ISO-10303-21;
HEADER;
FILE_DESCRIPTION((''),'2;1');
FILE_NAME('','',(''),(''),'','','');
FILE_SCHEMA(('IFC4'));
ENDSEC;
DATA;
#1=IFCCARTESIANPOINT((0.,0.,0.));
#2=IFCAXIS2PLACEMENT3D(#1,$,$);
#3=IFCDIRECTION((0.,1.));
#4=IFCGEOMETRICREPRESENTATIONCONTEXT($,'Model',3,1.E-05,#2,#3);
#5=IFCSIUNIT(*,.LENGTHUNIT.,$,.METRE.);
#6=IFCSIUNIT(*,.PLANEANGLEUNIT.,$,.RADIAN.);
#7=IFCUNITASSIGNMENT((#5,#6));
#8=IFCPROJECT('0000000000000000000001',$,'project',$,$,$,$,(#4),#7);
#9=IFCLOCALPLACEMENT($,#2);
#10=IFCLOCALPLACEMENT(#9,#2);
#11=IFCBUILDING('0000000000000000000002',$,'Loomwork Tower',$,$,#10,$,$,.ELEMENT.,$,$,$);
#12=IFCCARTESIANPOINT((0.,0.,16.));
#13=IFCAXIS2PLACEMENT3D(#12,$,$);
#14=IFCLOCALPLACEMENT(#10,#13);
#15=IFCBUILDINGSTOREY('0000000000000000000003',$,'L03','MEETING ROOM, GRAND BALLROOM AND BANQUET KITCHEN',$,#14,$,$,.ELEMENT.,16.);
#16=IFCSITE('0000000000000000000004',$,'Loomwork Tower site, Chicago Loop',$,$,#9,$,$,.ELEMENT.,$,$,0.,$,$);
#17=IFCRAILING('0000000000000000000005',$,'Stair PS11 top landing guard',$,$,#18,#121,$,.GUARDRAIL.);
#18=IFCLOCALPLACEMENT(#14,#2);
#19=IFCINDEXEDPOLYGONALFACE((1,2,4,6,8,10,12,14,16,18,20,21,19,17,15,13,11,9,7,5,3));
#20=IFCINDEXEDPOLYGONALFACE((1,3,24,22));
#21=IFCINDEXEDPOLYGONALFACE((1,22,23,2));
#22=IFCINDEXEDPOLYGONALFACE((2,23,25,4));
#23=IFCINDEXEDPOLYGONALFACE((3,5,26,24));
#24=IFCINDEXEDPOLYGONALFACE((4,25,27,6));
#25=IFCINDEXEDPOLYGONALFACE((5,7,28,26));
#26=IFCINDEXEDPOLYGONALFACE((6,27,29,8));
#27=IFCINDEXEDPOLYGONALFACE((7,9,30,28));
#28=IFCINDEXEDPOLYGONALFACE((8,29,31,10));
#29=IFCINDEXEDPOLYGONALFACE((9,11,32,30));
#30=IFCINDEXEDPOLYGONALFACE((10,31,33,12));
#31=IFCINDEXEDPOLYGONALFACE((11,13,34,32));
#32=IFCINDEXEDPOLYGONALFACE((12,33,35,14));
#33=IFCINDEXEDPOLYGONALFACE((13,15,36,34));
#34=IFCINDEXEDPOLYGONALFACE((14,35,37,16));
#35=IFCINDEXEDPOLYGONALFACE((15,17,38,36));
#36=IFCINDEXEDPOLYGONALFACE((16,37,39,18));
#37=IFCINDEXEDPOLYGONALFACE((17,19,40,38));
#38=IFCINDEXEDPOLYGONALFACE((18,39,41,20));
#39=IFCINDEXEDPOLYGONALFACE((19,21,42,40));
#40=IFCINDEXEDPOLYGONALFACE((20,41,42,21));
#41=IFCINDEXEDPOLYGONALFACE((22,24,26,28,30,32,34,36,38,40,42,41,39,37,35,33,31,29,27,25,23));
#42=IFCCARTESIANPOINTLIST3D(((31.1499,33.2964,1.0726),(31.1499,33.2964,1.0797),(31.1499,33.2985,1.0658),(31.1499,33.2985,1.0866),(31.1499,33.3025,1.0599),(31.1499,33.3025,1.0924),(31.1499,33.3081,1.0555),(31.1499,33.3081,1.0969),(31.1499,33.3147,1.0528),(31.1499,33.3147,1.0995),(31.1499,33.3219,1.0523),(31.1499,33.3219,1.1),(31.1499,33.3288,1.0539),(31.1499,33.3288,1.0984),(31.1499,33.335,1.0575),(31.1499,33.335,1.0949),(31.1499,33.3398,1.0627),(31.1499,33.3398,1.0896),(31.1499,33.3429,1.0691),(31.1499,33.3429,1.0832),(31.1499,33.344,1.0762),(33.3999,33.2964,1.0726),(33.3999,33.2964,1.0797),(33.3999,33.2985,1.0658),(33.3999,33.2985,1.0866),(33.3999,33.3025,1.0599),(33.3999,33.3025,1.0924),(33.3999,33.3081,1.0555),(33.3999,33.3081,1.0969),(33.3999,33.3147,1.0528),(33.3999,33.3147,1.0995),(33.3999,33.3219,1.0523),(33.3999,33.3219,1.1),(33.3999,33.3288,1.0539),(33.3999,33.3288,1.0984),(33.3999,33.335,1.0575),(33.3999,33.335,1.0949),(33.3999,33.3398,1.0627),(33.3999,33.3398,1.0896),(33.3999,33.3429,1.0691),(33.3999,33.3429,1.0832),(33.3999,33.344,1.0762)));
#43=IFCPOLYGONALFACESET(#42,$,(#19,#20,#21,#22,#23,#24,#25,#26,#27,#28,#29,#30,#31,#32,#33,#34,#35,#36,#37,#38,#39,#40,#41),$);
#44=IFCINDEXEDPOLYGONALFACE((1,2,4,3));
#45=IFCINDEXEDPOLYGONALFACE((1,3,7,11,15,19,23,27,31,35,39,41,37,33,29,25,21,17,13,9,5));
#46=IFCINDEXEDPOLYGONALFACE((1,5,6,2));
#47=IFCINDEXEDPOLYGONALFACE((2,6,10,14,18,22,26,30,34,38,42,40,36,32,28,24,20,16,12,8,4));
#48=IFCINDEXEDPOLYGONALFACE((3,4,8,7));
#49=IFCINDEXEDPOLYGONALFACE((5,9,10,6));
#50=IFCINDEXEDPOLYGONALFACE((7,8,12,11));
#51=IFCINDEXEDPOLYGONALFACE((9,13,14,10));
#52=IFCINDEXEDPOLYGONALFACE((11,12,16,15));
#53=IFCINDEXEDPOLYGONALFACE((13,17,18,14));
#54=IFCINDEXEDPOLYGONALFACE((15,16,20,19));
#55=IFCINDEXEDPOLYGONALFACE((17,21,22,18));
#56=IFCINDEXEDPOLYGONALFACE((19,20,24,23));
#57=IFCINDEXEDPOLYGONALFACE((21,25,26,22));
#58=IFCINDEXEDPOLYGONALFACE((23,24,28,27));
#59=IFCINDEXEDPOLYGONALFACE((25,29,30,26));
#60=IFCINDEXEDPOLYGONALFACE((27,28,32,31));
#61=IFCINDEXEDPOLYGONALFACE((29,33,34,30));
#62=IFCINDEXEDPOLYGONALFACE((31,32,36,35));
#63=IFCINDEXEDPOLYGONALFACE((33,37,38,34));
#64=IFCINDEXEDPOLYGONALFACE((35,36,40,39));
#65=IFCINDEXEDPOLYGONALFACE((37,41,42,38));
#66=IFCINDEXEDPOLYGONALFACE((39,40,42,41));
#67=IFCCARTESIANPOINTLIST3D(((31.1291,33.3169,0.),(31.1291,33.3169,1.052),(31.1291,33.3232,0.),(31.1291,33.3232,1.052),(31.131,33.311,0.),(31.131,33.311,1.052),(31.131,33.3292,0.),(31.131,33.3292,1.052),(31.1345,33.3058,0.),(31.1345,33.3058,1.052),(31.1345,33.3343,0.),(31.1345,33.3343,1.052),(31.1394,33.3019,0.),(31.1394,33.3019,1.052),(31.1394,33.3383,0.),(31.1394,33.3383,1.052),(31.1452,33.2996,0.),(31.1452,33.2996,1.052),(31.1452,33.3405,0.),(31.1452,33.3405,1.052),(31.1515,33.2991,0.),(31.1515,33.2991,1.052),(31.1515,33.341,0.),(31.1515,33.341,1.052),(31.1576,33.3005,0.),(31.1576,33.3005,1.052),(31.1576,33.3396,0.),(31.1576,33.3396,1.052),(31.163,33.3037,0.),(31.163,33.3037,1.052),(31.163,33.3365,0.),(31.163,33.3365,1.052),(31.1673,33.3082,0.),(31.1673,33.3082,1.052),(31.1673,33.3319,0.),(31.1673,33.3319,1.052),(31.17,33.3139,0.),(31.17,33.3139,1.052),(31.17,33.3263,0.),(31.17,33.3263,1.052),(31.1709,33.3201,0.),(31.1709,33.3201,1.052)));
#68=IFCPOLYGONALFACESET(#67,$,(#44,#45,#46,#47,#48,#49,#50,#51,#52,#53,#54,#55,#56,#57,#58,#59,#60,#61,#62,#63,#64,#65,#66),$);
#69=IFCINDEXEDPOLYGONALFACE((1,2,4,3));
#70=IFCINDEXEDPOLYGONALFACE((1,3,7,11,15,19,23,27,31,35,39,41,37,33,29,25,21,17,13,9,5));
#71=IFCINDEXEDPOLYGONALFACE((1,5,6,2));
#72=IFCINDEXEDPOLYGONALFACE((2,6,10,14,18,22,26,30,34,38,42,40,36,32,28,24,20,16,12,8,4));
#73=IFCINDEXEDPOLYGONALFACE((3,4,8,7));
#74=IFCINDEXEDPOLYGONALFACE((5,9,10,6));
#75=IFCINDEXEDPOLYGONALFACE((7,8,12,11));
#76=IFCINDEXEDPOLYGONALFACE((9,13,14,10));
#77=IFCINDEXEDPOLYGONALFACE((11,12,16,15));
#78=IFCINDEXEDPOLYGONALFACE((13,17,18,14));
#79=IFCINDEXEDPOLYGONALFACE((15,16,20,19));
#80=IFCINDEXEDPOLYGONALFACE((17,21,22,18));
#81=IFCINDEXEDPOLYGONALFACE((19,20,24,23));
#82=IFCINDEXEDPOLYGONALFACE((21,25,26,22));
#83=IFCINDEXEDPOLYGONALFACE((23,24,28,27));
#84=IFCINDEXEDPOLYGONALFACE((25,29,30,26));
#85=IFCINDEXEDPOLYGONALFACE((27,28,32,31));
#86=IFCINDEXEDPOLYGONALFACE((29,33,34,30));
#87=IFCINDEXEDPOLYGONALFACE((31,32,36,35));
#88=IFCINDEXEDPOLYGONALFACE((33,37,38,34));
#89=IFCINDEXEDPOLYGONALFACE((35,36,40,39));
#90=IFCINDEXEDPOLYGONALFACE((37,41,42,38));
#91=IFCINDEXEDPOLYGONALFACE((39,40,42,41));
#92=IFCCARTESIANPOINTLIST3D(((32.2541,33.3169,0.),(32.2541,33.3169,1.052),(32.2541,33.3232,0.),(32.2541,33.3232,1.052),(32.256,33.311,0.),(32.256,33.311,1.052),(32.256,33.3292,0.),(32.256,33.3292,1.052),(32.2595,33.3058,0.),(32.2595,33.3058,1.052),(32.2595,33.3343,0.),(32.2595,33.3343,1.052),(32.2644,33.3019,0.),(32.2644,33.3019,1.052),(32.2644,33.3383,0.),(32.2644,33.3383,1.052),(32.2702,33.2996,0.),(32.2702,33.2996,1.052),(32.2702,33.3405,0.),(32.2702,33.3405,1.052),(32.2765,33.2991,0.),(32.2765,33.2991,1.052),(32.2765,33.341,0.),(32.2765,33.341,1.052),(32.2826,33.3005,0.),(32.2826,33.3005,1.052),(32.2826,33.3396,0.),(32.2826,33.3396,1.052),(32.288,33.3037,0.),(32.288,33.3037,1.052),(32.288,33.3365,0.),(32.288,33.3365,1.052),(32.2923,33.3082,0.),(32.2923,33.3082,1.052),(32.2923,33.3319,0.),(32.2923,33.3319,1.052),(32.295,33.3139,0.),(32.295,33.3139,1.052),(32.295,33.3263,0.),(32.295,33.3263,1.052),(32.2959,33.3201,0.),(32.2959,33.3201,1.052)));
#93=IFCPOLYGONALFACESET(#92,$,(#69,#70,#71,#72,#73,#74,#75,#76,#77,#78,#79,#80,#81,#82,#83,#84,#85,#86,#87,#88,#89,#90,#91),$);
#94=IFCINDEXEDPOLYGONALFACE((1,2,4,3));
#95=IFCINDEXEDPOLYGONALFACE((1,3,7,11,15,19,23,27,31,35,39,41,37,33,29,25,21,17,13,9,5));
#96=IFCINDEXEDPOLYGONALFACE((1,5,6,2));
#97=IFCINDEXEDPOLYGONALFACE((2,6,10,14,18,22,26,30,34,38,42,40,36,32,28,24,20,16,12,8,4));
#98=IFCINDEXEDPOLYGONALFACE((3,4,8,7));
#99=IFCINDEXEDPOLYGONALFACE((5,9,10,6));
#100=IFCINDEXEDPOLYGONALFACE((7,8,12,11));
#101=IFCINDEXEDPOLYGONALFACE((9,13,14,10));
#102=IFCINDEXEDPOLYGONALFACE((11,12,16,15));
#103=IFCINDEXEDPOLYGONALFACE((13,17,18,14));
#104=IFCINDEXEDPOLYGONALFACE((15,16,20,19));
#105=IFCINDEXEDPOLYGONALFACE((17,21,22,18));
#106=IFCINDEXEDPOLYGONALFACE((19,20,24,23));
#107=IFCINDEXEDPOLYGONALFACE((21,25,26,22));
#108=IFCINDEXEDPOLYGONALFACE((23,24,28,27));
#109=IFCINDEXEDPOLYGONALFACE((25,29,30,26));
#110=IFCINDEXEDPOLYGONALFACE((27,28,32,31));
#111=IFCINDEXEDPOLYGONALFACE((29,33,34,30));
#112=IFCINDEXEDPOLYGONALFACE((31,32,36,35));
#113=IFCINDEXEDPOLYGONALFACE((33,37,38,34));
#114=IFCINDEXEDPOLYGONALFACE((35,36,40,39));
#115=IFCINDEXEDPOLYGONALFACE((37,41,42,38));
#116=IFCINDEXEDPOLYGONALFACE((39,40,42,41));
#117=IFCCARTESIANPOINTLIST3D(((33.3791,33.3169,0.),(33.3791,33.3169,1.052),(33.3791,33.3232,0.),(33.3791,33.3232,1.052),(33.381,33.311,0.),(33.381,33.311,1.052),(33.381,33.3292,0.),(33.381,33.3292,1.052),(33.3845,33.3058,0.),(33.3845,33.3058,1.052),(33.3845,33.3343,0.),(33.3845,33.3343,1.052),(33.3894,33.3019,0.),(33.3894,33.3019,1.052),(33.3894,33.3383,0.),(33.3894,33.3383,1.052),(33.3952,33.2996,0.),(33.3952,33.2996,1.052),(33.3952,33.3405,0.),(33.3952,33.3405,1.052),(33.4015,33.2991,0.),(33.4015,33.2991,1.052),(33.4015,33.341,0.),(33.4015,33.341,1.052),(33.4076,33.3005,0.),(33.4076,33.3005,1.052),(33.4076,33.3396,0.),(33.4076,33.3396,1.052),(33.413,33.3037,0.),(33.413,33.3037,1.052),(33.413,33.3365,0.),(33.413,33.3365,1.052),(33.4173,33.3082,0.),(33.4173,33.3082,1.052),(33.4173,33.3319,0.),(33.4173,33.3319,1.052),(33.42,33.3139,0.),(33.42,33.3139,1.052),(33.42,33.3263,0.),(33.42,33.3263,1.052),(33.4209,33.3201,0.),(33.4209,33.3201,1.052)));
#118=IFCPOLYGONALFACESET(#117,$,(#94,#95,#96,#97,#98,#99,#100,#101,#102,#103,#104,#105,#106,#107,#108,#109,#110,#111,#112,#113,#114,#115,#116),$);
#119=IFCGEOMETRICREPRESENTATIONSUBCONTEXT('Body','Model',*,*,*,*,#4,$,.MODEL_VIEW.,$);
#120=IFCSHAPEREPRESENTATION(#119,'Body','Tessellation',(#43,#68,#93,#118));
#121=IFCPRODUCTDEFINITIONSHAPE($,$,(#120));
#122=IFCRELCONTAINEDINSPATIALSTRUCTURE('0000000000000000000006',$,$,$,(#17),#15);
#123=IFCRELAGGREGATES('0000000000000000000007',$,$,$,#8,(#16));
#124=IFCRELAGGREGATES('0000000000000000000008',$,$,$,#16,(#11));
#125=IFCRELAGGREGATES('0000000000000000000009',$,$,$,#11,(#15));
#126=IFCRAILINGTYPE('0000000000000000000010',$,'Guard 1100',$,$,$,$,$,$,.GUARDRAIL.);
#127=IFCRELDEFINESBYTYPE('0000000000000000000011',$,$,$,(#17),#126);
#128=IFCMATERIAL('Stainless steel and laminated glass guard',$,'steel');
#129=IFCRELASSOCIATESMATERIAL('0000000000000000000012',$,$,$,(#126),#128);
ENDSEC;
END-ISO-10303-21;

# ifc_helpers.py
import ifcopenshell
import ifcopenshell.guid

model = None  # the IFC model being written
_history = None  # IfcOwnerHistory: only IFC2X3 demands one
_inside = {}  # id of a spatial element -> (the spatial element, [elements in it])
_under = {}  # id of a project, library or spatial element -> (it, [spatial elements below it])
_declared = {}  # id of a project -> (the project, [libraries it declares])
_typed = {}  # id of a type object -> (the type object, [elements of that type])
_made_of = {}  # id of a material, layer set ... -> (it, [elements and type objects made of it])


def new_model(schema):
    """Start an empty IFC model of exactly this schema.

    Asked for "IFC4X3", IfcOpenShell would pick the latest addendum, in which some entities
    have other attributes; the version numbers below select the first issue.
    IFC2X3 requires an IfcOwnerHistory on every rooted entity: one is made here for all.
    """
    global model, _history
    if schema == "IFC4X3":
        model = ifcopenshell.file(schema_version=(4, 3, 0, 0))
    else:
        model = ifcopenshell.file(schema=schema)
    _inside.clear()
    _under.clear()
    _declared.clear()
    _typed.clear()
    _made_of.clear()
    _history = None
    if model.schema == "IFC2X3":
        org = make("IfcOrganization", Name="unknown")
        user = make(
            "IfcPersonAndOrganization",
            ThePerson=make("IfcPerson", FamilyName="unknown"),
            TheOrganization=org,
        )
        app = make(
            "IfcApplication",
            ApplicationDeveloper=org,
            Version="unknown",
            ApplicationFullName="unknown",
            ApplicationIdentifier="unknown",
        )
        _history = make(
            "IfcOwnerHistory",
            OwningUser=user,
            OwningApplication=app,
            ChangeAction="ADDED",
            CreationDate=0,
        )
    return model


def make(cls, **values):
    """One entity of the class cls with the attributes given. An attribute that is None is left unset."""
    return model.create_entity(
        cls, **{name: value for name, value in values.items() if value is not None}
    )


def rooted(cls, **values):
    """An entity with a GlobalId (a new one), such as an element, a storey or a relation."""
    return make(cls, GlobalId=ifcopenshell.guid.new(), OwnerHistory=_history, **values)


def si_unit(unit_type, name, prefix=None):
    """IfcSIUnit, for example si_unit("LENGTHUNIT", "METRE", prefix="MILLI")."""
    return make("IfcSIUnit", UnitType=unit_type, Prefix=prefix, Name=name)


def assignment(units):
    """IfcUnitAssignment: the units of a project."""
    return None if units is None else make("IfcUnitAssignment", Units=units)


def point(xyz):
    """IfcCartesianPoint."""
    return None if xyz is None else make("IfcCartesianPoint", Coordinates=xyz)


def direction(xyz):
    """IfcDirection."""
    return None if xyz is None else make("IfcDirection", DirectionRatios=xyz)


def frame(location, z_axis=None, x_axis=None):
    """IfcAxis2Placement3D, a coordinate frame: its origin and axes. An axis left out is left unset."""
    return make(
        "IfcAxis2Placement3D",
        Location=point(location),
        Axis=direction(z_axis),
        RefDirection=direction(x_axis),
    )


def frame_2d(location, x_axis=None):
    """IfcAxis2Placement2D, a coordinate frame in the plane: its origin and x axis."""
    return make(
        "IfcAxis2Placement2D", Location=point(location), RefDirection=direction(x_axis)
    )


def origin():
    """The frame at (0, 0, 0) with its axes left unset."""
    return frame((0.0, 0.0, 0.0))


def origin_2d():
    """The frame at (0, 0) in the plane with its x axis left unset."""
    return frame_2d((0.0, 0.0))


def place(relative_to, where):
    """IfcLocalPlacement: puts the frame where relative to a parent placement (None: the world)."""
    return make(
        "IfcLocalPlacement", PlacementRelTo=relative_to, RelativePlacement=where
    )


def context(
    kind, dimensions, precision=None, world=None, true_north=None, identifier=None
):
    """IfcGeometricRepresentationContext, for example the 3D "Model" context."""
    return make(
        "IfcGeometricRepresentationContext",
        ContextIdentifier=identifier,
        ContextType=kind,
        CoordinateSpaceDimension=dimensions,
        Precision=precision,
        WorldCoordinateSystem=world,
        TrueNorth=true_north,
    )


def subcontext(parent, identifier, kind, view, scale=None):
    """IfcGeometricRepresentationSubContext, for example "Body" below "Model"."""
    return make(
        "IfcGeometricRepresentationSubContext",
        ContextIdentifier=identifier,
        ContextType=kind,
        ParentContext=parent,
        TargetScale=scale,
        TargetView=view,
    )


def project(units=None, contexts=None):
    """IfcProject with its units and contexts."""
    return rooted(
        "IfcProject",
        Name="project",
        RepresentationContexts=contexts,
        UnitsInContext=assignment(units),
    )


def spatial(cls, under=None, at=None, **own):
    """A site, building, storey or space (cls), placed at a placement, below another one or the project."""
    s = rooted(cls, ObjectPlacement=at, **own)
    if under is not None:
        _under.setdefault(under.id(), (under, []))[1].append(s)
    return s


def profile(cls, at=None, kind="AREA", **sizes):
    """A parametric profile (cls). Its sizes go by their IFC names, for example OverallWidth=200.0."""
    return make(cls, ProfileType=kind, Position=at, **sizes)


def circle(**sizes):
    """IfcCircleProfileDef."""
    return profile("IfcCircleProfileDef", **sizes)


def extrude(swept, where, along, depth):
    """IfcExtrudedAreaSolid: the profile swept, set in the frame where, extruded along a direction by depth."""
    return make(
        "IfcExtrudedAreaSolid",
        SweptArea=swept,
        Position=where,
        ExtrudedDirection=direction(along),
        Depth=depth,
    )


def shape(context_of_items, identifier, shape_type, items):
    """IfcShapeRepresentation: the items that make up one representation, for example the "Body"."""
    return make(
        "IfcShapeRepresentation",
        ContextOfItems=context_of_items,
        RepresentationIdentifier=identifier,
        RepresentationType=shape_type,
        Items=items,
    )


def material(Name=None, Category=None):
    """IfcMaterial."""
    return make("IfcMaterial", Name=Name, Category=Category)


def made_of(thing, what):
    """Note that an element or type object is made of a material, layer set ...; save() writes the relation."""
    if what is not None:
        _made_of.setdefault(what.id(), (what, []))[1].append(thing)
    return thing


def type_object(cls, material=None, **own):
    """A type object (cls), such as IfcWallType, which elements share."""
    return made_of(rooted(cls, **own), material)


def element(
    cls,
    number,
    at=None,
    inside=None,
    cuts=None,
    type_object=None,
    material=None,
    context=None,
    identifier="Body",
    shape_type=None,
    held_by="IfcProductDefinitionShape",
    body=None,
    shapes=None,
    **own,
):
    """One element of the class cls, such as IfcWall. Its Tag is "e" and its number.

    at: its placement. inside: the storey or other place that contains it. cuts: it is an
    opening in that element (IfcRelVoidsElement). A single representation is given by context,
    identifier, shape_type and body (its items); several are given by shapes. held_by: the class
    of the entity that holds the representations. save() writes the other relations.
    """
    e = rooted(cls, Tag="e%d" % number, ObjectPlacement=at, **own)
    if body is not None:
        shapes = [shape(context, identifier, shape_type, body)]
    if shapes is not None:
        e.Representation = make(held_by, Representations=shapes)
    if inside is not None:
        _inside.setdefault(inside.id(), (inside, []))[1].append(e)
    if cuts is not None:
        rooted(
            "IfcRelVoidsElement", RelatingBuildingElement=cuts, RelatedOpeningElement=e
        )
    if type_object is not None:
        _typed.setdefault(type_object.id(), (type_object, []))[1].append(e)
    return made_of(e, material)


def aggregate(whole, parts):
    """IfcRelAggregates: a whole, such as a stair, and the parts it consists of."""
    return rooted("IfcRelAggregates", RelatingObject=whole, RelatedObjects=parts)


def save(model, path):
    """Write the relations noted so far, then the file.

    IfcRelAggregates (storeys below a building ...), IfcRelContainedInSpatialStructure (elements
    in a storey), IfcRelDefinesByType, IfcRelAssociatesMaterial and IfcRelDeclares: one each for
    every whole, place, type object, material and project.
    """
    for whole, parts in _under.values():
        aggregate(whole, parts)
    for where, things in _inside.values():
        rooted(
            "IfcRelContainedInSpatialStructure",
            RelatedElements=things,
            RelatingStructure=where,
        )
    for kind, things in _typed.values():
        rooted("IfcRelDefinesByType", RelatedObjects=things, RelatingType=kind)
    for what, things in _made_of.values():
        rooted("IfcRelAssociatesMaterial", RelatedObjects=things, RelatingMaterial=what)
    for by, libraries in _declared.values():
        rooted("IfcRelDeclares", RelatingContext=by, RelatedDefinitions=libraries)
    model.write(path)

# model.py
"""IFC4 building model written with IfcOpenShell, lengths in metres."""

from ifc_helpers import new_model, si_unit, direction, frame, origin, origin_2d, place, context, subcontext, project, spatial, circle, extrude, material, type_object, element, save


model = new_model("IFC4")

# Units and contexts
model_context = context("Model", 3, precision=1e-05, world=origin(), true_north=direction((0.0, 1.0)))
body_context = subcontext(model_context, "Body", "Model", "MODEL_VIEW")
ifc_project = project(units=[si_unit("LENGTHUNIT", "METRE"), si_unit("PLANEANGLEUNIT", "RADIAN")], contexts=[model_context])

# Site, building, storey
site_placement = place(None, origin())
site = spatial("IfcSite", under=ifc_project, at=site_placement, Name="Loomwork Tower site, Chicago Loop", CompositionType="ELEMENT", RefElevation=0.0)
building_placement = place(site_placement, origin())
building = spatial("IfcBuilding", under=site, at=building_placement, Name="Loomwork Tower", CompositionType="ELEMENT")
storey_placement = place(building_placement, frame((0.0, 0.0, 16.0)))
storey = spatial("IfcBuildingStorey", under=building, at=storey_placement, Name="L03", Description="MEETING ROOM, GRAND BALLROOM AND BANQUET KITCHEN", CompositionType="ELEMENT", Elevation=16.0)

# Railing
ifc_material_1 = material(Name="Stainless steel and laminated glass guard", Category="steel")
railing_type = type_object("IfcRailingType", Name="Guard 1100", PredefinedType="GUARDRAIL", material=ifc_material_1)
for number, where, name in (
    (1, (31.1499, 33.3201, 0.0), "Stair PS11 top landing guard"),
):
    element("IfcRailing", number, at=place(storey_placement, frame(where)), inside=storey, type_object=railing_type, Name=name, PredefinedType="GUARDRAIL", context=body_context, shape_type="SweptSolid", body=[
        extrude(circle(Radius=0.0239, at=origin_2d()), frame((0.0, 0.0, 1.0762), z_axis=(1.0, 0.0, 0.0), x_axis=(0.0, 1.0, 0.0)), (0.0, 0.0, 1.0), 2.25),
        extrude(circle(Radius=0.021, at=origin_2d()), origin(), (0.0, 0.0, 1.0), 1.052),
        extrude(circle(Radius=0.021, at=origin_2d()), frame((1.125, 0.0, 0.0)), (0.0, 0.0, 1.0), 1.052),
        extrude(circle(Radius=0.021, at=origin_2d()), frame((2.25, 0.0, 0.0)), (0.0, 0.0, 1.0), 1.052),
    ])

save(model, "model.ifc")
